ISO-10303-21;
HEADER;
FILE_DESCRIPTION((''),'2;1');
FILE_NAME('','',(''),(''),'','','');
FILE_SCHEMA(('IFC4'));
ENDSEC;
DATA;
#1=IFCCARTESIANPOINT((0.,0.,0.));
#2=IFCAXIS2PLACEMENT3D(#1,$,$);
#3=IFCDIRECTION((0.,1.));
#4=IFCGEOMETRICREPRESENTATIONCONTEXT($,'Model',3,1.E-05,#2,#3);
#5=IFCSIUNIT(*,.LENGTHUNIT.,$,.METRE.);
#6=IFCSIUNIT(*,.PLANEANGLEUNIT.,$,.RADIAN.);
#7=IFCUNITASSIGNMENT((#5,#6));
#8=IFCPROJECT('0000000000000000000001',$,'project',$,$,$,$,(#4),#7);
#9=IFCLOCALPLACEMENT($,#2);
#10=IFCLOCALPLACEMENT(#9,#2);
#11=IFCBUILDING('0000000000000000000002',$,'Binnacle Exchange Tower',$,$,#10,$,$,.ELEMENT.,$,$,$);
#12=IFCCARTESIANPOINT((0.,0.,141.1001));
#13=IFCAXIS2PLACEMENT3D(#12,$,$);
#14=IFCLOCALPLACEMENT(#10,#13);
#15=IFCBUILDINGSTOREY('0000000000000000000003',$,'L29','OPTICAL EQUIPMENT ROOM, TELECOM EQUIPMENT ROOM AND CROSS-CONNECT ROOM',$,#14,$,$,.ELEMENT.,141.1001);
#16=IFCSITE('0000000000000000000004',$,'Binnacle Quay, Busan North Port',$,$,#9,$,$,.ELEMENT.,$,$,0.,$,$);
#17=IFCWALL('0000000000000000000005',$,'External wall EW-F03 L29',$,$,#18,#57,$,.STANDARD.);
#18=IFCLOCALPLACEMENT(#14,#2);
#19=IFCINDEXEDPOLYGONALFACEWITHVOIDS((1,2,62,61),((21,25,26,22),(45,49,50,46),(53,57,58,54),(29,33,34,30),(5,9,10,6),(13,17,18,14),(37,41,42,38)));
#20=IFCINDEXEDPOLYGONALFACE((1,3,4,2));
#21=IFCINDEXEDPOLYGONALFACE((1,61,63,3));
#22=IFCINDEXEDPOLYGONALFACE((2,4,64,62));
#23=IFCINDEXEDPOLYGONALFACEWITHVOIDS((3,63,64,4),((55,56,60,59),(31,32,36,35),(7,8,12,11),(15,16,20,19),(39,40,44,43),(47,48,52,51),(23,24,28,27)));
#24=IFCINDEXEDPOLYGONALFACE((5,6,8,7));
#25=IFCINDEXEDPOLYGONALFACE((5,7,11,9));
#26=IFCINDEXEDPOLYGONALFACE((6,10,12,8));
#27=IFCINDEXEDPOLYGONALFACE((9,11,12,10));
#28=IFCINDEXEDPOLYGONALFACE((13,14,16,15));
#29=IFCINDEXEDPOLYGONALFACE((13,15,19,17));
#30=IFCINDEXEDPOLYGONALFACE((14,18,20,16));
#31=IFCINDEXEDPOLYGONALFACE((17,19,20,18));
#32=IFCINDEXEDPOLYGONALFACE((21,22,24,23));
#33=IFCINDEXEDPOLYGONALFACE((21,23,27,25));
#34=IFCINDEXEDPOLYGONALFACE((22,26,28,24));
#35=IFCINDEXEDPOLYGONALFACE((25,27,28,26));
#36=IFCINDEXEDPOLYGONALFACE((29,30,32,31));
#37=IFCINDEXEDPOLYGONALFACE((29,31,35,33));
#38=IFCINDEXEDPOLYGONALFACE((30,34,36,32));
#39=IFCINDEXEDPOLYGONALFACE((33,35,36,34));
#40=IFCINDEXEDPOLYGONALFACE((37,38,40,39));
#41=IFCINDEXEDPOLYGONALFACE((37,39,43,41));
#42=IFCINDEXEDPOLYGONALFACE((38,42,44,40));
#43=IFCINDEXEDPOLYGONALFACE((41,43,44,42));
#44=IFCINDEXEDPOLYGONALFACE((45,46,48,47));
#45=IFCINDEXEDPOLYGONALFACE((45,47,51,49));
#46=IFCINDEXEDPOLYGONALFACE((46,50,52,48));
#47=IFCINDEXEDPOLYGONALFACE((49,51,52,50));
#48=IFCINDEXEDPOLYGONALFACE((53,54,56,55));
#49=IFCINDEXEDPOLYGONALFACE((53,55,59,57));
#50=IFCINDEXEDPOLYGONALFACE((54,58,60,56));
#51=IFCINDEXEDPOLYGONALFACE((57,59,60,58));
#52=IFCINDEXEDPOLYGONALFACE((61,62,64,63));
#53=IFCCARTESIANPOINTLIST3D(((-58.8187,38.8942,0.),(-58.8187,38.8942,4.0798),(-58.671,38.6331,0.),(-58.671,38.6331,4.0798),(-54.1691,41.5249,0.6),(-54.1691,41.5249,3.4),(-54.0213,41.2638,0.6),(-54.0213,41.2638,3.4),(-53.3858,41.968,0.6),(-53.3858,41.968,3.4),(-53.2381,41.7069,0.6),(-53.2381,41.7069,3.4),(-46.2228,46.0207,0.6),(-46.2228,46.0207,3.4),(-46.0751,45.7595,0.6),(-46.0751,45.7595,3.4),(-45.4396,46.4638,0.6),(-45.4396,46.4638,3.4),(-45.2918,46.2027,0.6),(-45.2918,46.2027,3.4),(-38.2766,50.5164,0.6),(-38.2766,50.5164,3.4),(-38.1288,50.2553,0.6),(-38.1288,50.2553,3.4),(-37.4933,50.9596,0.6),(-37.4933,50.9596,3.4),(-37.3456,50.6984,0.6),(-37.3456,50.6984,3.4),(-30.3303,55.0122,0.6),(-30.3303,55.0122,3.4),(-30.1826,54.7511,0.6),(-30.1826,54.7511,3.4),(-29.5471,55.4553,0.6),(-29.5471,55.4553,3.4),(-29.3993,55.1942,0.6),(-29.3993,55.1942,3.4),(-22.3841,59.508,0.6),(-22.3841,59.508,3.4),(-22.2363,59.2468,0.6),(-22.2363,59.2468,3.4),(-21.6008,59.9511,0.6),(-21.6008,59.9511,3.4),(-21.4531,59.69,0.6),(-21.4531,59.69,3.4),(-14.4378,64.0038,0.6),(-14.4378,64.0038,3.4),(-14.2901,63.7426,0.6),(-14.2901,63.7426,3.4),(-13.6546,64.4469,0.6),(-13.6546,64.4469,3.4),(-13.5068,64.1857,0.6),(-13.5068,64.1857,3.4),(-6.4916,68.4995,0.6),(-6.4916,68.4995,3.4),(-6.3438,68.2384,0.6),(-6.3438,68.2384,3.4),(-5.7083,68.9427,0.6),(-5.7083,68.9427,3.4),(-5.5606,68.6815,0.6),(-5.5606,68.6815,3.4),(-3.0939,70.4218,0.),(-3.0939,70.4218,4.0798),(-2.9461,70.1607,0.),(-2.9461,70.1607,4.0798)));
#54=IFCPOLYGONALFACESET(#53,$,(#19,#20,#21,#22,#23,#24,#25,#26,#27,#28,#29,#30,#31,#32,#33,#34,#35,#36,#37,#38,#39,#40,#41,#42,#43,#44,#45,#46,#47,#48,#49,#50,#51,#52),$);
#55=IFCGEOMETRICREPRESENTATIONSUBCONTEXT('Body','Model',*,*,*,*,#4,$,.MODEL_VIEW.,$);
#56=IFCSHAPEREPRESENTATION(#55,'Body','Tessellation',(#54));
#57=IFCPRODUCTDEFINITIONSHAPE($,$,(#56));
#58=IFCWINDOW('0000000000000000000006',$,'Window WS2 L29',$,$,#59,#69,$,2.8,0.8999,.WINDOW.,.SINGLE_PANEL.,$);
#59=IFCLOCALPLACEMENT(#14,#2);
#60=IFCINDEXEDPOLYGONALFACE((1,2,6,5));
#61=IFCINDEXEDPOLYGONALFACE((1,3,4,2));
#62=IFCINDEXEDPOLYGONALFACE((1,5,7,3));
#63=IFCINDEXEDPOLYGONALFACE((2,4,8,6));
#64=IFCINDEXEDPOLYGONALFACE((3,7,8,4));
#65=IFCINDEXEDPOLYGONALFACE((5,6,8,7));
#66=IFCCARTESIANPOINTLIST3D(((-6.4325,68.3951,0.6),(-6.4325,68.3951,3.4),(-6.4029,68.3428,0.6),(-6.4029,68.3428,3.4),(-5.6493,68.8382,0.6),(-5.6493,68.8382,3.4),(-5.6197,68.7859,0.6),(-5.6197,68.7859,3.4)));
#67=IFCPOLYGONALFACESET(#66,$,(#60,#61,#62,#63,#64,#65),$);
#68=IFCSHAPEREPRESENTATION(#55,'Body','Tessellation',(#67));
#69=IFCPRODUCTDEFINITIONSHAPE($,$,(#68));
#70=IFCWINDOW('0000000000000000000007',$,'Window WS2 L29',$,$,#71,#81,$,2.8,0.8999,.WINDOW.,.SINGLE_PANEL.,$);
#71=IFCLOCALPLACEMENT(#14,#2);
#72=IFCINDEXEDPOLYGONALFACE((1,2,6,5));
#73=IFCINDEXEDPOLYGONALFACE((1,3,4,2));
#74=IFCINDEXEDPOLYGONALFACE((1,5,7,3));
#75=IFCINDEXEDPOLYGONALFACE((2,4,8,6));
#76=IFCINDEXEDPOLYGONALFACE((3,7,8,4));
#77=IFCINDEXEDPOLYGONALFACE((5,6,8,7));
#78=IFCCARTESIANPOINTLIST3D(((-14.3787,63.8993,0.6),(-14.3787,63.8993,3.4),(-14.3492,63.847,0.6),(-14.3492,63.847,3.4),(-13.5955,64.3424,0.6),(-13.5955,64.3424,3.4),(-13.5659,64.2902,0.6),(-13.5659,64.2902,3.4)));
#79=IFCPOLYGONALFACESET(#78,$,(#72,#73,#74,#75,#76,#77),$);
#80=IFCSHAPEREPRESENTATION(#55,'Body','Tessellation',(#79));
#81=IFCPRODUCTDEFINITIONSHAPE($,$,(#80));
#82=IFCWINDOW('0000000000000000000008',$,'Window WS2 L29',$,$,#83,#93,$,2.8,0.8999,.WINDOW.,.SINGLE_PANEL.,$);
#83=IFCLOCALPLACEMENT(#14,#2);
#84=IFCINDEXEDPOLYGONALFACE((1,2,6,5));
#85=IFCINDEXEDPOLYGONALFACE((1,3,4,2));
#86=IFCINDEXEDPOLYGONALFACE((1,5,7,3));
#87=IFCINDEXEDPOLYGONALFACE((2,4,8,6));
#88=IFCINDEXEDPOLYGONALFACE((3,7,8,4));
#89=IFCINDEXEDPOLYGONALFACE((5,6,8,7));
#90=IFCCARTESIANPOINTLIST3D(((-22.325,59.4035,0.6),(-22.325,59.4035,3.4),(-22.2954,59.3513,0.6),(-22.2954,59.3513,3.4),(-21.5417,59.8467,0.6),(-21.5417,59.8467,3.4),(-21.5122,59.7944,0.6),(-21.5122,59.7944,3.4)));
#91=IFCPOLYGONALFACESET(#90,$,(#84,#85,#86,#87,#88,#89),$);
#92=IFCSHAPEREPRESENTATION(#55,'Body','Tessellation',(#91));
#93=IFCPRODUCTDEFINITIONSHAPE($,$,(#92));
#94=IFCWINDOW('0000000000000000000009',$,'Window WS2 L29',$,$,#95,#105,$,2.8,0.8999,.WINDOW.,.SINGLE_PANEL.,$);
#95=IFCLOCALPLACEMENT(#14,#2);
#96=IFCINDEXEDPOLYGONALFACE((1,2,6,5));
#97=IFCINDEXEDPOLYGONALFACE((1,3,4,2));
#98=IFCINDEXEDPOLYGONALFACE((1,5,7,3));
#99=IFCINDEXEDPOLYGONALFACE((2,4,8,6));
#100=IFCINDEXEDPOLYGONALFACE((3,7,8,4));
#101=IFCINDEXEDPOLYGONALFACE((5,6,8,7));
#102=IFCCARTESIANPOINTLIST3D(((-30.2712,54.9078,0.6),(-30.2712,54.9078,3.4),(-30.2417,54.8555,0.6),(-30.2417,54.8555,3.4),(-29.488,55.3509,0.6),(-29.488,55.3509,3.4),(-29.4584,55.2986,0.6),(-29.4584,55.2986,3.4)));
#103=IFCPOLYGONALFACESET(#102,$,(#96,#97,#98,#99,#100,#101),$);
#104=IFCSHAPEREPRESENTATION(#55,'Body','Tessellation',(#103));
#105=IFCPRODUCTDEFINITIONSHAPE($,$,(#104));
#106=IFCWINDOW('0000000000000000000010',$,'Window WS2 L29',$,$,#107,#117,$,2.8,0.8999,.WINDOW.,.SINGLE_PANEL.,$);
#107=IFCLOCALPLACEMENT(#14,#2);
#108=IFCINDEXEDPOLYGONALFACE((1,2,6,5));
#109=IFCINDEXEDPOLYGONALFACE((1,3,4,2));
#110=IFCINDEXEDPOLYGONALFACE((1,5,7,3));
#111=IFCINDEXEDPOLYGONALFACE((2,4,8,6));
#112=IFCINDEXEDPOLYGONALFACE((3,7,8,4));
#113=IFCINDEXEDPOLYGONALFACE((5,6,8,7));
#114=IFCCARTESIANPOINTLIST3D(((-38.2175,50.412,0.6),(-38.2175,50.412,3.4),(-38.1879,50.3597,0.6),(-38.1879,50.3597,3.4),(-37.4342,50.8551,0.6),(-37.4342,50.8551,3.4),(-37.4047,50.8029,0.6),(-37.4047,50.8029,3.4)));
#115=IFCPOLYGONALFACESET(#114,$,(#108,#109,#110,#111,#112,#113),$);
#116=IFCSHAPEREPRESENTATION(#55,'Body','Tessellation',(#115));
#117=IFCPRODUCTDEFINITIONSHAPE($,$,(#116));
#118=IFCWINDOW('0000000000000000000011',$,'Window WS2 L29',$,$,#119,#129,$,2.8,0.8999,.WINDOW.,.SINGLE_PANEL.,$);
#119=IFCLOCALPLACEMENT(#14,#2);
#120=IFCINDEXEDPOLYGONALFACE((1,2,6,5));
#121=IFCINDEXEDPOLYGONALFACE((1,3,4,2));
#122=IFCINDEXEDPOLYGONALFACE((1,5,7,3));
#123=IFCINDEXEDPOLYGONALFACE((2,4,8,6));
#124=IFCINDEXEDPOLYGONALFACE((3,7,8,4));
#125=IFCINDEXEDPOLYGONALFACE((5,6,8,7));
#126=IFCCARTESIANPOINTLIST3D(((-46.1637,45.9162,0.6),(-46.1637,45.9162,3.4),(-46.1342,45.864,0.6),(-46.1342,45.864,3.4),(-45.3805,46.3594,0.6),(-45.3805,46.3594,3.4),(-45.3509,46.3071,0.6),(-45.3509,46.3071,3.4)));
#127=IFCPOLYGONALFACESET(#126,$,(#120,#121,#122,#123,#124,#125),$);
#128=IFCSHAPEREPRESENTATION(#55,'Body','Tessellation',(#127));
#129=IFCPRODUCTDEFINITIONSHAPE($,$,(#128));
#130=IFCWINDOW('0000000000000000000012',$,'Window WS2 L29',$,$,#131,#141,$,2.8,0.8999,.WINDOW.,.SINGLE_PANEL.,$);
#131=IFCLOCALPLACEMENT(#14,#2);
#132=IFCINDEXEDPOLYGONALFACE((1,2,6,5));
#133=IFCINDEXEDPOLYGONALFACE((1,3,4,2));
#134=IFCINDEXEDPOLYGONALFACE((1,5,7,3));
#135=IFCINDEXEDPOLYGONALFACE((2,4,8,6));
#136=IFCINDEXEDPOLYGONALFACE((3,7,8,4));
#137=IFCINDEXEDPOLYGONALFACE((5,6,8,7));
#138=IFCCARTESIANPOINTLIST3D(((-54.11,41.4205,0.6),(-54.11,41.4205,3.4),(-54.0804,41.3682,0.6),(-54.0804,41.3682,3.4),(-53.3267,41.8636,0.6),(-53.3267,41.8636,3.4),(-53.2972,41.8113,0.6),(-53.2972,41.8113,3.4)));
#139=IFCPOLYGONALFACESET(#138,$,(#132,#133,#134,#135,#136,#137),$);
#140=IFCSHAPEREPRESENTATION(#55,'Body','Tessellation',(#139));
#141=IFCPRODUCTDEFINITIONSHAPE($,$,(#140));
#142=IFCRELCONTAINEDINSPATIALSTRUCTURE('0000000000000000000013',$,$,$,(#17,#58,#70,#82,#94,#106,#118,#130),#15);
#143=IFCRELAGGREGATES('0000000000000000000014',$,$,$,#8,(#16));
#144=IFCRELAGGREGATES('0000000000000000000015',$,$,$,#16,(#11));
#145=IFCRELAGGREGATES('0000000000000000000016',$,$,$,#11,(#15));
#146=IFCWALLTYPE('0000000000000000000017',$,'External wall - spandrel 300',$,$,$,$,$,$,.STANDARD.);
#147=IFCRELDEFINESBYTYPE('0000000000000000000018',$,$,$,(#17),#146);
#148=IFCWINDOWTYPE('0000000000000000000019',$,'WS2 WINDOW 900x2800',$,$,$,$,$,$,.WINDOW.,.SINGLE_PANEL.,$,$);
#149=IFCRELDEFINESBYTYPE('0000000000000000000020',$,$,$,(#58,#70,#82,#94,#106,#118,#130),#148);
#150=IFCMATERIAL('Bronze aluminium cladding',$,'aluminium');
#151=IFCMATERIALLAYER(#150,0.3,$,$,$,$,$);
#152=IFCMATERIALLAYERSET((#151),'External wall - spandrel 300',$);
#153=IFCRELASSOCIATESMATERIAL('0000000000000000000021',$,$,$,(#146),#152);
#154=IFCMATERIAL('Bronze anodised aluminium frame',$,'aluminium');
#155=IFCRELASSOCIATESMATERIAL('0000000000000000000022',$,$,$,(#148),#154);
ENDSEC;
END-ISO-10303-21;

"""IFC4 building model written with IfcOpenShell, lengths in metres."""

from ifc_helpers import new_model, si_unit, direction, frame, frame_2d, origin, place, context, subcontext, project, spatial, rectangle, extrude, material, layer, layer_set, type_object, element, fill, save


model = new_model("IFC4")

# Units and contexts
model_context = context("Model", 3, precision=1e-05, world=origin(), true_north=direction((0.0, 1.0)))
body_context = subcontext(model_context, "Body", "Model", "MODEL_VIEW")
ifc_project = project(units=[si_unit("LENGTHUNIT", "METRE"), si_unit("PLANEANGLEUNIT", "RADIAN")], contexts=[model_context])

# Site, building, storey
site_placement = place(None, origin())
site = spatial("IfcSite", under=ifc_project, at=site_placement, Name="Binnacle Quay, Busan North Port", CompositionType="ELEMENT", RefElevation=0.0)
building_placement = place(site_placement, origin())
building = spatial("IfcBuilding", under=site, at=building_placement, Name="Binnacle Exchange Tower", CompositionType="ELEMENT")
storey_placement = place(building_placement, frame((0.0, 0.0, 141.1001)))
storey = spatial("IfcBuildingStorey", under=building, at=storey_placement, Name="L29", Description="OPTICAL EQUIPMENT ROOM, TELECOM EQUIPMENT ROOM AND CROSS-CONNECT ROOM", CompositionType="ELEMENT", Elevation=141.1001)

# Wall, openings, windows
ifc_material_1 = material(Name="Bronze aluminium cladding", Category="aluminium")
ifc_layer_1 = layer(ifc_material_1, 0.3)
ifc_layer_set_1 = layer_set([ifc_layer_1], Name="External wall - spandrel 300")
wall_type_1 = type_object("IfcWallType", Name="External wall - spandrel 300", PredefinedType="STANDARD", material=ifc_layer_set_1)
wall_1_placement = place(storey_placement, frame((-58.7449, 38.7637, 0.0), z_axis=(0.0, 0.0, 1.0), x_axis=(0.870356, 0.492423, 0.0)))
wall_1 = element("IfcWall", 1, at=wall_1_placement, inside=storey, type_object=wall_type_1, Name="External wall EW-F03 L29", PredefinedType="STANDARD", context=body_context, shape_type="SweptSolid", body=[
    extrude(rectangle(XDim=64.0254, YDim=0.3, at=frame_2d((32.0127, 0.0))), origin(), (0.0, 0.0, 1.0), 4.0798),
])
opening_1_placement = place(wall_1_placement, frame((60.1216, 0.0, 0.6001)))
opening_1 = element("IfcOpeningElement", 2, at=opening_1_placement, cuts=wall_1, PredefinedType="OPENING", context=body_context, shape_type="SweptSolid", body=[
    extrude(rectangle(XDim=0.8999, YDim=2.8, at=frame_2d((0.45, 1.3999))), frame((0.0, 0.1599, 0.0), z_axis=(0.0, -1.0, 0.0), x_axis=(1.0, 0.0, 0.0)), (0.0, 0.0, 1.0), 0.3201),
])
opening_2_placement = place(wall_1_placement, frame((50.9917, 0.0, 0.6001)))
opening_2 = element("IfcOpeningElement", 3, at=opening_2_placement, cuts=wall_1, PredefinedType="OPENING", context=body_context, shape_type="SweptSolid", body=[
    extrude(rectangle(XDim=0.8999, YDim=2.8, at=frame_2d((0.45, 1.3999))), frame((0.0, 0.1599, 0.0), z_axis=(0.0, -1.0, 0.0), x_axis=(1.0, 0.0, 0.0)), (0.0, 0.0, 1.0), 0.3201),
])
opening_3_placement = place(wall_1_placement, frame((41.8618, 0.0, 0.6001)))
opening_3 = element("IfcOpeningElement", 4, at=opening_3_placement, cuts=wall_1, PredefinedType="OPENING", context=body_context, shape_type="SweptSolid", body=[
    extrude(rectangle(XDim=0.8999, YDim=2.8, at=frame_2d((0.45, 1.3999))), frame((0.0, 0.1599, 0.0), z_axis=(0.0, -1.0, 0.0), x_axis=(1.0, 0.0, 0.0)), (0.0, 0.0, 1.0), 0.3201),
])
opening_4_placement = place(wall_1_placement, frame((32.7319, 0.0, 0.6001)))
opening_4 = element("IfcOpeningElement", 5, at=opening_4_placement, cuts=wall_1, PredefinedType="OPENING", context=body_context, shape_type="SweptSolid", body=[
    extrude(rectangle(XDim=0.8999, YDim=2.8, at=frame_2d((0.45, 1.3999))), frame((0.0, 0.1599, 0.0), z_axis=(0.0, -1.0, 0.0), x_axis=(1.0, 0.0, 0.0)), (0.0, 0.0, 1.0), 0.3201),
])
opening_5_placement = place(wall_1_placement, frame((23.6021, 0.0, 0.6001)))
opening_5 = element("IfcOpeningElement", 6, at=opening_5_placement, cuts=wall_1, PredefinedType="OPENING", context=body_context, shape_type="SweptSolid", body=[
    extrude(rectangle(XDim=0.8999, YDim=2.8, at=frame_2d((0.45, 1.3999))), frame((0.0, 0.1599, 0.0), z_axis=(0.0, -1.0, 0.0), x_axis=(1.0, 0.0, 0.0)), (0.0, 0.0, 1.0), 0.3201),
])
opening_6_placement = place(wall_1_placement, frame((14.4722, 0.0, 0.6001)))
opening_6 = element("IfcOpeningElement", 7, at=opening_6_placement, cuts=wall_1, PredefinedType="OPENING", context=body_context, shape_type="SweptSolid", body=[
    extrude(rectangle(XDim=0.8999, YDim=2.8, at=frame_2d((0.45, 1.3999))), frame((0.0, 0.1599, 0.0), z_axis=(0.0, -1.0, 0.0), x_axis=(1.0, 0.0, 0.0)), (0.0, 0.0, 1.0), 0.3201),
])
opening_7_placement = place(wall_1_placement, frame((5.3423, 0.0, 0.6001)))
opening_7 = element("IfcOpeningElement", 8, at=opening_7_placement, cuts=wall_1, PredefinedType="OPENING", context=body_context, shape_type="SweptSolid", body=[
    extrude(rectangle(XDim=0.8999, YDim=2.8, at=frame_2d((0.45, 1.3999))), frame((0.0, 0.1599, 0.0), z_axis=(0.0, -1.0, 0.0), x_axis=(1.0, 0.0, 0.0)), (0.0, 0.0, 1.0), 0.3201),
])
ifc_material_2 = material(Name="Bronze anodised aluminium frame", Category="aluminium")
window_type = type_object("IfcWindowType", Name="WS2 WINDOW 900x2800", PartitioningType="SINGLE_PANEL", PredefinedType="WINDOW", material=ifc_material_2)
window_1_placement = place(opening_1_placement, origin())
window_1 = element("IfcWindow", 9, at=window_1_placement, inside=storey, type_object=window_type, Name="Window WS2 L29", OverallHeight=2.8, OverallWidth=0.8999, PartitioningType="SINGLE_PANEL", PredefinedType="WINDOW", context=body_context, shape_type="SweptSolid", body=[
    extrude(rectangle(XDim=0.8999, YDim=2.8, at=frame_2d((0.45, 1.3999))), frame((0.0, 0.03, 0.0), z_axis=(0.0, -1.0, 0.0), x_axis=(1.0, 0.0, 0.0)), (0.0, 0.0, 1.0), 0.0601),
])
fill(opening_1, window_1)
window_2_placement = place(opening_2_placement, origin())
window_2 = element("IfcWindow", 10, at=window_2_placement, inside=storey, type_object=window_type, Name="Window WS2 L29", OverallHeight=2.8, OverallWidth=0.8999, PartitioningType="SINGLE_PANEL", PredefinedType="WINDOW", context=body_context, shape_type="SweptSolid", body=[
    extrude(rectangle(XDim=0.8999, YDim=2.8, at=frame_2d((0.45, 1.3999))), frame((0.0, 0.03, 0.0), z_axis=(0.0, -1.0, 0.0), x_axis=(1.0, 0.0, 0.0)), (0.0, 0.0, 1.0), 0.0601),
])
fill(opening_2, window_2)
window_3_placement = place(opening_3_placement, origin())
window_3 = element("IfcWindow", 11, at=window_3_placement, inside=storey, type_object=window_type, Name="Window WS2 L29", OverallHeight=2.8, OverallWidth=0.8999, PartitioningType="SINGLE_PANEL", PredefinedType="WINDOW", context=body_context, shape_type="SweptSolid", body=[
    extrude(rectangle(XDim=0.8999, YDim=2.8, at=frame_2d((0.45, 1.3999))), frame((0.0, 0.03, 0.0), z_axis=(0.0, -1.0, 0.0), x_axis=(1.0, 0.0, 0.0)), (0.0, 0.0, 1.0), 0.0601),
])
fill(opening_3, window_3)
window_4_placement = place(opening_4_placement, origin())
window_4 = element("IfcWindow", 12, at=window_4_placement, inside=storey, type_object=window_type, Name="Window WS2 L29", OverallHeight=2.8, OverallWidth=0.8999, PartitioningType="SINGLE_PANEL", PredefinedType="WINDOW", context=body_context, shape_type="SweptSolid", body=[
    extrude(rectangle(XDim=0.8999, YDim=2.8, at=frame_2d((0.45, 1.3999))), frame((0.0, 0.03, 0.0), z_axis=(0.0, -1.0, 0.0), x_axis=(1.0, 0.0, 0.0)), (0.0, 0.0, 1.0), 0.0601),
])
fill(opening_4, window_4)
window_5_placement = place(opening_5_placement, origin())
window_5 = element("IfcWindow", 13, at=window_5_placement, inside=storey, type_object=window_type, Name="Window WS2 L29", OverallHeight=2.8, OverallWidth=0.8999, PartitioningType="SINGLE_PANEL", PredefinedType="WINDOW", context=body_context, shape_type="SweptSolid", body=[
    extrude(rectangle(XDim=0.8999, YDim=2.8, at=frame_2d((0.45, 1.3999))), frame((0.0, 0.03, 0.0), z_axis=(0.0, -1.0, 0.0), x_axis=(1.0, 0.0, 0.0)), (0.0, 0.0, 1.0), 0.0601),
])
fill(opening_5, window_5)
window_6_placement = place(opening_6_placement, origin())
window_6 = element("IfcWindow", 14, at=window_6_placement, inside=storey, type_object=window_type, Name="Window WS2 L29", OverallHeight=2.8, OverallWidth=0.8999, PartitioningType="SINGLE_PANEL", PredefinedType="WINDOW", context=body_context, shape_type="SweptSolid", body=[
    extrude(rectangle(XDim=0.8999, YDim=2.8, at=frame_2d((0.45, 1.3999))), frame((0.0, 0.03, 0.0), z_axis=(0.0, -1.0, 0.0), x_axis=(1.0, 0.0, 0.0)), (0.0, 0.0, 1.0), 0.0601),
])
fill(opening_6, window_6)
window_7_placement = place(opening_7_placement, origin())
window_7 = element("IfcWindow", 15, at=window_7_placement, inside=storey, type_object=window_type, Name="Window WS2 L29", OverallHeight=2.8, OverallWidth=0.8999, PartitioningType="SINGLE_PANEL", PredefinedType="WINDOW", context=body_context, shape_type="SweptSolid", body=[
    extrude(rectangle(XDim=0.8999, YDim=2.8, at=frame_2d((0.45, 1.3999))), frame((0.0, 0.03, 0.0), z_axis=(0.0, -1.0, 0.0), x_axis=(1.0, 0.0, 0.0)), (0.0, 0.0, 1.0), 0.0601),
])
fill(opening_7, window_7)

save(model, "model.ifc")
